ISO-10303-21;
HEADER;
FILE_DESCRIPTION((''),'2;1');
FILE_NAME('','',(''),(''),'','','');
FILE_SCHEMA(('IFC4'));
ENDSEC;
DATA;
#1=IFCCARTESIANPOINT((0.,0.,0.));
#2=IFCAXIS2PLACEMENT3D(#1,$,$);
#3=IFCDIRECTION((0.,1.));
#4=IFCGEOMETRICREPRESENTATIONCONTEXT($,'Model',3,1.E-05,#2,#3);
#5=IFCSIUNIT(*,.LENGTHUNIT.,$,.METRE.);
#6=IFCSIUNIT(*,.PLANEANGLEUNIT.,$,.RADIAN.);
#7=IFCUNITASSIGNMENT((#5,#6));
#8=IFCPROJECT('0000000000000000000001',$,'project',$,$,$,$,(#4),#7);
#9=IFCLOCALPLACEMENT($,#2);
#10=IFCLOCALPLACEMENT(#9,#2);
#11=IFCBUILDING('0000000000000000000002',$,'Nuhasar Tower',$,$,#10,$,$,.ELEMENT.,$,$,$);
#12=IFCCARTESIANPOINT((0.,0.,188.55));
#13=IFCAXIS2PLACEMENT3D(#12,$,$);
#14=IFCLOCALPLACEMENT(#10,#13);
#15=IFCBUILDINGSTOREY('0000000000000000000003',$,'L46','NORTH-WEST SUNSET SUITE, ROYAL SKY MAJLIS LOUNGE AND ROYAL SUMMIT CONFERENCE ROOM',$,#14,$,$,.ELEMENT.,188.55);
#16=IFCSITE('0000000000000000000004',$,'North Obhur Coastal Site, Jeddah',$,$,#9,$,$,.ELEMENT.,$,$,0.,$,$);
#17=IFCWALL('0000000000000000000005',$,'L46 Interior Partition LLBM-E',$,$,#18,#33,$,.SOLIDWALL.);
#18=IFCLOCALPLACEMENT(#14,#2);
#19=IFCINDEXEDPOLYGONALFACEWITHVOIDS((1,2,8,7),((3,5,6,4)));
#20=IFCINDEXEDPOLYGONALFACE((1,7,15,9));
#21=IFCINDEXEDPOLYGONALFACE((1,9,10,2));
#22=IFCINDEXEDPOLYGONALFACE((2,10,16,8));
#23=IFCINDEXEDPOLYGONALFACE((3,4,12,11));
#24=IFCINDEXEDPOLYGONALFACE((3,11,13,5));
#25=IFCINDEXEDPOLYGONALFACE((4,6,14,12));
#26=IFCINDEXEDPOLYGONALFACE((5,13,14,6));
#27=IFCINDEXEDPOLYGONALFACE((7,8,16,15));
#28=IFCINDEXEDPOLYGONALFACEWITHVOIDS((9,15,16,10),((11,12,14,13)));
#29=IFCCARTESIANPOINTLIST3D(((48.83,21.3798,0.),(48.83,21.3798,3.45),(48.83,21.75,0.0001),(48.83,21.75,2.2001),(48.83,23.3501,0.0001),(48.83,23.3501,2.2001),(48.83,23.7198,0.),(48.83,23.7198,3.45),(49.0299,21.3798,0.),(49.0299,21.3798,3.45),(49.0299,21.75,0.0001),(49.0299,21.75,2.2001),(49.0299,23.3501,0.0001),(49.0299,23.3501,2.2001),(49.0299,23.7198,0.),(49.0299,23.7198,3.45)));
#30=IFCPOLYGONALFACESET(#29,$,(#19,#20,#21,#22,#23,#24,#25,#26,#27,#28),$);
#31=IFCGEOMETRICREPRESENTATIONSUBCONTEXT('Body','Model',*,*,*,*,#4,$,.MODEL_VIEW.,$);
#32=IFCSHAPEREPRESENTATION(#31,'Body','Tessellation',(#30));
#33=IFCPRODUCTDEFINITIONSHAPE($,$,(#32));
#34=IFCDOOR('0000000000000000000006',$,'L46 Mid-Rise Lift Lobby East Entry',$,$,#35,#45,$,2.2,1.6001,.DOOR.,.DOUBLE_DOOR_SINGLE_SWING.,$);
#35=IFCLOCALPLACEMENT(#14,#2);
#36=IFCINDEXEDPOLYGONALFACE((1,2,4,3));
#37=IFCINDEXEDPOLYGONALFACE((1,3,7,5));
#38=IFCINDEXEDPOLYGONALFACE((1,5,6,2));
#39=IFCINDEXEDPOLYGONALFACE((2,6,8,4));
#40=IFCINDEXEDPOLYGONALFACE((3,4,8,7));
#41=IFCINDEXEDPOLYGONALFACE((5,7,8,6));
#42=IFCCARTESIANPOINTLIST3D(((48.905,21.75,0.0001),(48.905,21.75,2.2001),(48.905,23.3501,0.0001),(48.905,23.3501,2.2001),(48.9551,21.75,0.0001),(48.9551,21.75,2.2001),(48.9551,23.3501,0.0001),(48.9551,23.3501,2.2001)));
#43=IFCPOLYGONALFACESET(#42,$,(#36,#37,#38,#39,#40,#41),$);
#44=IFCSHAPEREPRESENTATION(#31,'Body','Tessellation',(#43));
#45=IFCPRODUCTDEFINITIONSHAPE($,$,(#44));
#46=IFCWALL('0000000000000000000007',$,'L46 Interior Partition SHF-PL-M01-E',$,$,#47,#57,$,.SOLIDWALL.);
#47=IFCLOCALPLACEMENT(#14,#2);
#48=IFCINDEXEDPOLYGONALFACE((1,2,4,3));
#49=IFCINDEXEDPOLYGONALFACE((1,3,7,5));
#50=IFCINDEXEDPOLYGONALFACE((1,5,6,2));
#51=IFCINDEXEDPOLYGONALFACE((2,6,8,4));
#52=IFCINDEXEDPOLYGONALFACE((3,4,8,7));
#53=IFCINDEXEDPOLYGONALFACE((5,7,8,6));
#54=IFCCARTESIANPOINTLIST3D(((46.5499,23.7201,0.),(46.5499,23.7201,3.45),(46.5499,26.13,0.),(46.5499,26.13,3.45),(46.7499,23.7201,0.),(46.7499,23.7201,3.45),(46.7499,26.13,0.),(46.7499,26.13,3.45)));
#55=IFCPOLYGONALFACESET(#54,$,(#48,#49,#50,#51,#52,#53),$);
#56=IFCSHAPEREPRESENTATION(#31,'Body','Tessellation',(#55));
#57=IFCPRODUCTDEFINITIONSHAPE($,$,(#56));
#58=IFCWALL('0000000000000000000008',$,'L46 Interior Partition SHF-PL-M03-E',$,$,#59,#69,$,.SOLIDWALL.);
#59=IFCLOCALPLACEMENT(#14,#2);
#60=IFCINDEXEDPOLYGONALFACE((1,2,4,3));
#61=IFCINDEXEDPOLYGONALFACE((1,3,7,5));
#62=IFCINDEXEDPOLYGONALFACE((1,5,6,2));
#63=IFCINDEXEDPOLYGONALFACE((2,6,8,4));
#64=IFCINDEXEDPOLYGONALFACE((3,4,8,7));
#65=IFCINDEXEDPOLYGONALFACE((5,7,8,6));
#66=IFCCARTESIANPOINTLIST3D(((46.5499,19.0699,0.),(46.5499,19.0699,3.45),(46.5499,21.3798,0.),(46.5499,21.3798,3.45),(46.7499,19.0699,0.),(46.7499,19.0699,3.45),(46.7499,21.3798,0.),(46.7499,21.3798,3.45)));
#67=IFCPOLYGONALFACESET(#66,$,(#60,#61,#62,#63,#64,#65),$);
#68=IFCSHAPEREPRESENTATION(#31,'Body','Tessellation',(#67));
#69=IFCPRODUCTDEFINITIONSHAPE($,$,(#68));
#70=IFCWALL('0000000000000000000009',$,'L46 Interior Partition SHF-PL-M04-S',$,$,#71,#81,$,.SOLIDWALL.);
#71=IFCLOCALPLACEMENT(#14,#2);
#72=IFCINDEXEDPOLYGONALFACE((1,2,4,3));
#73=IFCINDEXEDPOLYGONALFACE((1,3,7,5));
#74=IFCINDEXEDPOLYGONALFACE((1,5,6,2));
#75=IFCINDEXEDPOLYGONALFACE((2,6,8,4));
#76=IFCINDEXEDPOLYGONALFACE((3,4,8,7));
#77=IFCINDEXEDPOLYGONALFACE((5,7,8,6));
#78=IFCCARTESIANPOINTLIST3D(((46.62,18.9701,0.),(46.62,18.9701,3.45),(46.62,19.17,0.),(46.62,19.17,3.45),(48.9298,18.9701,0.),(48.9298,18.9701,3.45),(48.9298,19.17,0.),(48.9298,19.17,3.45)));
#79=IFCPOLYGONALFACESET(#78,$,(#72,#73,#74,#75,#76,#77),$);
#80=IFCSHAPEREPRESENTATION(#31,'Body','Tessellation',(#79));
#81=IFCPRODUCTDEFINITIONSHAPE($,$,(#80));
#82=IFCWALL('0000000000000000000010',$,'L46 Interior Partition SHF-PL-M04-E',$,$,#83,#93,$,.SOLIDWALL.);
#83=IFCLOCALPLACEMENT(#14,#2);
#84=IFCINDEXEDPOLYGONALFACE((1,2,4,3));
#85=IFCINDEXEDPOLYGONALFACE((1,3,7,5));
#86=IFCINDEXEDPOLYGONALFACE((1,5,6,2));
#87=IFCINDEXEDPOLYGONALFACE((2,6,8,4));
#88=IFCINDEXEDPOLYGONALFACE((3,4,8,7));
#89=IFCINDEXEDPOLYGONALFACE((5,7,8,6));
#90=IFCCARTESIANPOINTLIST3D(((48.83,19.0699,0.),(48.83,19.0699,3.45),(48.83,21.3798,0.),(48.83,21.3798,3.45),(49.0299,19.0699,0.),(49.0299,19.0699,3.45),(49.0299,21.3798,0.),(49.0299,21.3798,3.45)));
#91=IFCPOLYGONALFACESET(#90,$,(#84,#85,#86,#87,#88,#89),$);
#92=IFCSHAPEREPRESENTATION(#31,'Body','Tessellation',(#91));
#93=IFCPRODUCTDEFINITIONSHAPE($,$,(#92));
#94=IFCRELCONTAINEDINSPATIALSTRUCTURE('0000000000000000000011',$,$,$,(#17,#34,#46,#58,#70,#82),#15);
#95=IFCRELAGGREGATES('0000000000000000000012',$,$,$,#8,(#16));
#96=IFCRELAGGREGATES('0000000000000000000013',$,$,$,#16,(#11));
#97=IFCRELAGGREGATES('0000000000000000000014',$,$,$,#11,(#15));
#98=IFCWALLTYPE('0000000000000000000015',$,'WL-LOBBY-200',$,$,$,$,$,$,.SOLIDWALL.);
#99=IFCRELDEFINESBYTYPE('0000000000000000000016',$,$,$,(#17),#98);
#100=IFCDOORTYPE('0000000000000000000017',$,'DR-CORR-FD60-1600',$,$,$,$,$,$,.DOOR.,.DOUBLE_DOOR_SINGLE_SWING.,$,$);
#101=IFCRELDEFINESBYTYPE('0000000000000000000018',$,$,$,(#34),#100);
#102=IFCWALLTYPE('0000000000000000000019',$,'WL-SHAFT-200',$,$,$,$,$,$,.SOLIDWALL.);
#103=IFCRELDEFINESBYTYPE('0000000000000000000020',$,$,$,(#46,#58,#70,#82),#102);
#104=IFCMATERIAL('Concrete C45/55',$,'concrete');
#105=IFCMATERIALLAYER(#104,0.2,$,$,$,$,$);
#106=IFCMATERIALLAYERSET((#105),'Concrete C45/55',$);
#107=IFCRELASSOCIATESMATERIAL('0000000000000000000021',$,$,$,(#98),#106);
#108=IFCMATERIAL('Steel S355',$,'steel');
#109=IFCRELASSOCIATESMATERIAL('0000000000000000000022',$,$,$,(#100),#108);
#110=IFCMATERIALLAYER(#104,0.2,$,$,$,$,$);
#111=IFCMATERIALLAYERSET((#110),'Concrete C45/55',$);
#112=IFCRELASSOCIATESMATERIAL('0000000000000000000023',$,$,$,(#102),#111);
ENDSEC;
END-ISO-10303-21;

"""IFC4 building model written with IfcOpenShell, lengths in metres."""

from ifc_helpers import new_model, si_unit, direction, frame, frame_2d, origin, place, context, subcontext, project, spatial, rectangle, extrude, material, layer, layer_set, type_object, element, fill, save


model = new_model("IFC4")

# Units and contexts
model_context = context("Model", 3, precision=1e-05, world=origin(), true_north=direction((0.0, 1.0)))
body_context = subcontext(model_context, "Body", "Model", "MODEL_VIEW")
ifc_project = project(units=[si_unit("LENGTHUNIT", "METRE"), si_unit("PLANEANGLEUNIT", "RADIAN")], contexts=[model_context])

# Site, building, storey
site_placement = place(None, origin())
site = spatial("IfcSite", under=ifc_project, at=site_placement, Name="North Obhur Coastal Site, Jeddah", CompositionType="ELEMENT", RefElevation=0.0)
building_placement = place(site_placement, origin())
building = spatial("IfcBuilding", under=site, at=building_placement, Name="Nuhasar Tower", CompositionType="ELEMENT")
storey_placement = place(building_placement, frame((0.0, 0.0, 188.55)))
storey = spatial("IfcBuildingStorey", under=building, at=storey_placement, Name="L46", Description="NORTH-WEST SUNSET SUITE, ROYAL SKY MAJLIS LOUNGE AND ROYAL SUMMIT CONFERENCE ROOM", CompositionType="ELEMENT", Elevation=188.55)

# Shared definitions
ifc_material_1 = material(Name="Steel S355", Category="steel")

# Wall, opening, door
ifc_material_2 = material(Name="Concrete C45/55", Category="concrete")
ifc_layer_1 = layer(ifc_material_2, 0.2)
ifc_layer_set_1 = layer_set([ifc_layer_1], Name="Concrete C45/55")
wall_type_1 = type_object("IfcWallType", Name="WL-LOBBY-200", PredefinedType="SOLIDWALL", material=ifc_layer_set_1)
wall_1_placement = place(storey_placement, frame((48.9299, 21.3799, 0.0), z_axis=(0.0, 0.0, 1.0), x_axis=(0.0, 1.0, 0.0)))
wall_1 = element("IfcWall", 1, at=wall_1_placement, inside=storey, type_object=wall_type_1, Name="L46 Interior Partition LLBM-E", PredefinedType="SOLIDWALL", context=body_context, shape_type="SweptSolid", body=[
    extrude(rectangle(XDim=2.3401, YDim=0.2, at=frame_2d((1.1699, 0.0))), origin(), (0.0, 0.0, 1.0), 3.45),
])
opening_1_placement = place(wall_1_placement, frame((0.3701, 0.0, 0.0)))
opening_1 = element("IfcOpeningElement", 2, at=opening_1_placement, cuts=wall_1, PredefinedType="OPENING", context=body_context, shape_type="SweptSolid", body=[
    extrude(rectangle(XDim=1.6001, YDim=2.2, at=frame_2d((0.8, 1.1001))), frame((0.0, 0.1099, 0.0), z_axis=(0.0, -1.0, 0.0), x_axis=(1.0, 0.0, 0.0)), (0.0, 0.0, 1.0), 0.22),
])
door_type_1 = type_object("IfcDoorType", Name="DR-CORR-FD60-1600", OperationType="DOUBLE_DOOR_SINGLE_SWING", PredefinedType="DOOR", material=ifc_material_1)
door_1_placement = place(opening_1_placement, origin())
door_1 = element("IfcDoor", 3, at=door_1_placement, inside=storey, type_object=door_type_1, Name="L46 Mid-Rise Lift Lobby East Entry", OperationType="DOUBLE_DOOR_SINGLE_SWING", OverallHeight=2.2, OverallWidth=1.6001, PredefinedType="DOOR", context=body_context, shape_type="SweptSolid", body=[
    extrude(rectangle(XDim=1.6001, YDim=2.2, at=frame_2d((0.8, 1.1001))), frame((0.0, 0.0249, 0.0), z_axis=(0.0, -1.0, 0.0), x_axis=(1.0, 0.0, 0.0)), (0.0, 0.0, 1.0), 0.05),
])
fill(opening_1, door_1)

# Wall
ifc_layer_2 = layer(ifc_material_2, 0.2)
ifc_layer_set_2 = layer_set([ifc_layer_2], Name="Concrete C45/55")
wall_type_2 = type_object("IfcWallType", Name="WL-SHAFT-200", PredefinedType="SOLIDWALL", material=ifc_layer_set_2)
wall_2_placement = place(storey_placement, frame((46.6499, 23.72, 0.0), z_axis=(0.0, 0.0, 1.0), x_axis=(0.0, 1.0, 0.0)))
element("IfcWall", 4, at=wall_2_placement, inside=storey, type_object=wall_type_2, Name="L46 Interior Partition SHF-PL-M01-E", PredefinedType="SOLIDWALL", context=body_context, shape_type="SweptSolid", body=[
    extrude(rectangle(XDim=2.4099, YDim=0.2, at=frame_2d((1.2051, 0.0))), origin(), (0.0, 0.0, 1.0), 3.45),
])

# Walls
for number, where, z_axis, x_axis, name in (
    (5, (46.6499, 19.0701, 0.0), (0.0, 0.0, 1.0), (0.0, 1.0, 0.0), "L46 Interior Partition SHF-PL-M03-E"),
    (6, (46.6201, 19.0701, 0.0), (0.0, 0.0, 1.0), (1.0, 0.0, 0.0), "L46 Interior Partition SHF-PL-M04-S"),
):
    element("IfcWall", number, at=place(storey_placement, frame(where, z_axis=z_axis, x_axis=x_axis)), inside=storey, type_object=wall_type_2, Name=name, PredefinedType="SOLIDWALL", context=body_context, shape_type="SweptSolid", body=[
        extrude(rectangle(XDim=2.3098, YDim=0.2, at=frame_2d((1.1548, 0.0))), origin(), (0.0, 0.0, 1.0), 3.45),
    ])

# Wall
wall_3_placement = place(storey_placement, frame((48.9299, 19.0701, 0.0), z_axis=(0.0, 0.0, 1.0), x_axis=(0.0, 1.0, 0.0)))
element("IfcWall", 7, at=wall_3_placement, inside=storey, type_object=wall_type_2, Name="L46 Interior Partition SHF-PL-M04-E", PredefinedType="SOLIDWALL", context=body_context, shape_type="SweptSolid", body=[
    extrude(rectangle(XDim=2.3098, YDim=0.2, at=frame_2d((1.1548, 0.0))), origin(), (0.0, 0.0, 1.0), 3.45),
])

save(model, "model.ifc")
